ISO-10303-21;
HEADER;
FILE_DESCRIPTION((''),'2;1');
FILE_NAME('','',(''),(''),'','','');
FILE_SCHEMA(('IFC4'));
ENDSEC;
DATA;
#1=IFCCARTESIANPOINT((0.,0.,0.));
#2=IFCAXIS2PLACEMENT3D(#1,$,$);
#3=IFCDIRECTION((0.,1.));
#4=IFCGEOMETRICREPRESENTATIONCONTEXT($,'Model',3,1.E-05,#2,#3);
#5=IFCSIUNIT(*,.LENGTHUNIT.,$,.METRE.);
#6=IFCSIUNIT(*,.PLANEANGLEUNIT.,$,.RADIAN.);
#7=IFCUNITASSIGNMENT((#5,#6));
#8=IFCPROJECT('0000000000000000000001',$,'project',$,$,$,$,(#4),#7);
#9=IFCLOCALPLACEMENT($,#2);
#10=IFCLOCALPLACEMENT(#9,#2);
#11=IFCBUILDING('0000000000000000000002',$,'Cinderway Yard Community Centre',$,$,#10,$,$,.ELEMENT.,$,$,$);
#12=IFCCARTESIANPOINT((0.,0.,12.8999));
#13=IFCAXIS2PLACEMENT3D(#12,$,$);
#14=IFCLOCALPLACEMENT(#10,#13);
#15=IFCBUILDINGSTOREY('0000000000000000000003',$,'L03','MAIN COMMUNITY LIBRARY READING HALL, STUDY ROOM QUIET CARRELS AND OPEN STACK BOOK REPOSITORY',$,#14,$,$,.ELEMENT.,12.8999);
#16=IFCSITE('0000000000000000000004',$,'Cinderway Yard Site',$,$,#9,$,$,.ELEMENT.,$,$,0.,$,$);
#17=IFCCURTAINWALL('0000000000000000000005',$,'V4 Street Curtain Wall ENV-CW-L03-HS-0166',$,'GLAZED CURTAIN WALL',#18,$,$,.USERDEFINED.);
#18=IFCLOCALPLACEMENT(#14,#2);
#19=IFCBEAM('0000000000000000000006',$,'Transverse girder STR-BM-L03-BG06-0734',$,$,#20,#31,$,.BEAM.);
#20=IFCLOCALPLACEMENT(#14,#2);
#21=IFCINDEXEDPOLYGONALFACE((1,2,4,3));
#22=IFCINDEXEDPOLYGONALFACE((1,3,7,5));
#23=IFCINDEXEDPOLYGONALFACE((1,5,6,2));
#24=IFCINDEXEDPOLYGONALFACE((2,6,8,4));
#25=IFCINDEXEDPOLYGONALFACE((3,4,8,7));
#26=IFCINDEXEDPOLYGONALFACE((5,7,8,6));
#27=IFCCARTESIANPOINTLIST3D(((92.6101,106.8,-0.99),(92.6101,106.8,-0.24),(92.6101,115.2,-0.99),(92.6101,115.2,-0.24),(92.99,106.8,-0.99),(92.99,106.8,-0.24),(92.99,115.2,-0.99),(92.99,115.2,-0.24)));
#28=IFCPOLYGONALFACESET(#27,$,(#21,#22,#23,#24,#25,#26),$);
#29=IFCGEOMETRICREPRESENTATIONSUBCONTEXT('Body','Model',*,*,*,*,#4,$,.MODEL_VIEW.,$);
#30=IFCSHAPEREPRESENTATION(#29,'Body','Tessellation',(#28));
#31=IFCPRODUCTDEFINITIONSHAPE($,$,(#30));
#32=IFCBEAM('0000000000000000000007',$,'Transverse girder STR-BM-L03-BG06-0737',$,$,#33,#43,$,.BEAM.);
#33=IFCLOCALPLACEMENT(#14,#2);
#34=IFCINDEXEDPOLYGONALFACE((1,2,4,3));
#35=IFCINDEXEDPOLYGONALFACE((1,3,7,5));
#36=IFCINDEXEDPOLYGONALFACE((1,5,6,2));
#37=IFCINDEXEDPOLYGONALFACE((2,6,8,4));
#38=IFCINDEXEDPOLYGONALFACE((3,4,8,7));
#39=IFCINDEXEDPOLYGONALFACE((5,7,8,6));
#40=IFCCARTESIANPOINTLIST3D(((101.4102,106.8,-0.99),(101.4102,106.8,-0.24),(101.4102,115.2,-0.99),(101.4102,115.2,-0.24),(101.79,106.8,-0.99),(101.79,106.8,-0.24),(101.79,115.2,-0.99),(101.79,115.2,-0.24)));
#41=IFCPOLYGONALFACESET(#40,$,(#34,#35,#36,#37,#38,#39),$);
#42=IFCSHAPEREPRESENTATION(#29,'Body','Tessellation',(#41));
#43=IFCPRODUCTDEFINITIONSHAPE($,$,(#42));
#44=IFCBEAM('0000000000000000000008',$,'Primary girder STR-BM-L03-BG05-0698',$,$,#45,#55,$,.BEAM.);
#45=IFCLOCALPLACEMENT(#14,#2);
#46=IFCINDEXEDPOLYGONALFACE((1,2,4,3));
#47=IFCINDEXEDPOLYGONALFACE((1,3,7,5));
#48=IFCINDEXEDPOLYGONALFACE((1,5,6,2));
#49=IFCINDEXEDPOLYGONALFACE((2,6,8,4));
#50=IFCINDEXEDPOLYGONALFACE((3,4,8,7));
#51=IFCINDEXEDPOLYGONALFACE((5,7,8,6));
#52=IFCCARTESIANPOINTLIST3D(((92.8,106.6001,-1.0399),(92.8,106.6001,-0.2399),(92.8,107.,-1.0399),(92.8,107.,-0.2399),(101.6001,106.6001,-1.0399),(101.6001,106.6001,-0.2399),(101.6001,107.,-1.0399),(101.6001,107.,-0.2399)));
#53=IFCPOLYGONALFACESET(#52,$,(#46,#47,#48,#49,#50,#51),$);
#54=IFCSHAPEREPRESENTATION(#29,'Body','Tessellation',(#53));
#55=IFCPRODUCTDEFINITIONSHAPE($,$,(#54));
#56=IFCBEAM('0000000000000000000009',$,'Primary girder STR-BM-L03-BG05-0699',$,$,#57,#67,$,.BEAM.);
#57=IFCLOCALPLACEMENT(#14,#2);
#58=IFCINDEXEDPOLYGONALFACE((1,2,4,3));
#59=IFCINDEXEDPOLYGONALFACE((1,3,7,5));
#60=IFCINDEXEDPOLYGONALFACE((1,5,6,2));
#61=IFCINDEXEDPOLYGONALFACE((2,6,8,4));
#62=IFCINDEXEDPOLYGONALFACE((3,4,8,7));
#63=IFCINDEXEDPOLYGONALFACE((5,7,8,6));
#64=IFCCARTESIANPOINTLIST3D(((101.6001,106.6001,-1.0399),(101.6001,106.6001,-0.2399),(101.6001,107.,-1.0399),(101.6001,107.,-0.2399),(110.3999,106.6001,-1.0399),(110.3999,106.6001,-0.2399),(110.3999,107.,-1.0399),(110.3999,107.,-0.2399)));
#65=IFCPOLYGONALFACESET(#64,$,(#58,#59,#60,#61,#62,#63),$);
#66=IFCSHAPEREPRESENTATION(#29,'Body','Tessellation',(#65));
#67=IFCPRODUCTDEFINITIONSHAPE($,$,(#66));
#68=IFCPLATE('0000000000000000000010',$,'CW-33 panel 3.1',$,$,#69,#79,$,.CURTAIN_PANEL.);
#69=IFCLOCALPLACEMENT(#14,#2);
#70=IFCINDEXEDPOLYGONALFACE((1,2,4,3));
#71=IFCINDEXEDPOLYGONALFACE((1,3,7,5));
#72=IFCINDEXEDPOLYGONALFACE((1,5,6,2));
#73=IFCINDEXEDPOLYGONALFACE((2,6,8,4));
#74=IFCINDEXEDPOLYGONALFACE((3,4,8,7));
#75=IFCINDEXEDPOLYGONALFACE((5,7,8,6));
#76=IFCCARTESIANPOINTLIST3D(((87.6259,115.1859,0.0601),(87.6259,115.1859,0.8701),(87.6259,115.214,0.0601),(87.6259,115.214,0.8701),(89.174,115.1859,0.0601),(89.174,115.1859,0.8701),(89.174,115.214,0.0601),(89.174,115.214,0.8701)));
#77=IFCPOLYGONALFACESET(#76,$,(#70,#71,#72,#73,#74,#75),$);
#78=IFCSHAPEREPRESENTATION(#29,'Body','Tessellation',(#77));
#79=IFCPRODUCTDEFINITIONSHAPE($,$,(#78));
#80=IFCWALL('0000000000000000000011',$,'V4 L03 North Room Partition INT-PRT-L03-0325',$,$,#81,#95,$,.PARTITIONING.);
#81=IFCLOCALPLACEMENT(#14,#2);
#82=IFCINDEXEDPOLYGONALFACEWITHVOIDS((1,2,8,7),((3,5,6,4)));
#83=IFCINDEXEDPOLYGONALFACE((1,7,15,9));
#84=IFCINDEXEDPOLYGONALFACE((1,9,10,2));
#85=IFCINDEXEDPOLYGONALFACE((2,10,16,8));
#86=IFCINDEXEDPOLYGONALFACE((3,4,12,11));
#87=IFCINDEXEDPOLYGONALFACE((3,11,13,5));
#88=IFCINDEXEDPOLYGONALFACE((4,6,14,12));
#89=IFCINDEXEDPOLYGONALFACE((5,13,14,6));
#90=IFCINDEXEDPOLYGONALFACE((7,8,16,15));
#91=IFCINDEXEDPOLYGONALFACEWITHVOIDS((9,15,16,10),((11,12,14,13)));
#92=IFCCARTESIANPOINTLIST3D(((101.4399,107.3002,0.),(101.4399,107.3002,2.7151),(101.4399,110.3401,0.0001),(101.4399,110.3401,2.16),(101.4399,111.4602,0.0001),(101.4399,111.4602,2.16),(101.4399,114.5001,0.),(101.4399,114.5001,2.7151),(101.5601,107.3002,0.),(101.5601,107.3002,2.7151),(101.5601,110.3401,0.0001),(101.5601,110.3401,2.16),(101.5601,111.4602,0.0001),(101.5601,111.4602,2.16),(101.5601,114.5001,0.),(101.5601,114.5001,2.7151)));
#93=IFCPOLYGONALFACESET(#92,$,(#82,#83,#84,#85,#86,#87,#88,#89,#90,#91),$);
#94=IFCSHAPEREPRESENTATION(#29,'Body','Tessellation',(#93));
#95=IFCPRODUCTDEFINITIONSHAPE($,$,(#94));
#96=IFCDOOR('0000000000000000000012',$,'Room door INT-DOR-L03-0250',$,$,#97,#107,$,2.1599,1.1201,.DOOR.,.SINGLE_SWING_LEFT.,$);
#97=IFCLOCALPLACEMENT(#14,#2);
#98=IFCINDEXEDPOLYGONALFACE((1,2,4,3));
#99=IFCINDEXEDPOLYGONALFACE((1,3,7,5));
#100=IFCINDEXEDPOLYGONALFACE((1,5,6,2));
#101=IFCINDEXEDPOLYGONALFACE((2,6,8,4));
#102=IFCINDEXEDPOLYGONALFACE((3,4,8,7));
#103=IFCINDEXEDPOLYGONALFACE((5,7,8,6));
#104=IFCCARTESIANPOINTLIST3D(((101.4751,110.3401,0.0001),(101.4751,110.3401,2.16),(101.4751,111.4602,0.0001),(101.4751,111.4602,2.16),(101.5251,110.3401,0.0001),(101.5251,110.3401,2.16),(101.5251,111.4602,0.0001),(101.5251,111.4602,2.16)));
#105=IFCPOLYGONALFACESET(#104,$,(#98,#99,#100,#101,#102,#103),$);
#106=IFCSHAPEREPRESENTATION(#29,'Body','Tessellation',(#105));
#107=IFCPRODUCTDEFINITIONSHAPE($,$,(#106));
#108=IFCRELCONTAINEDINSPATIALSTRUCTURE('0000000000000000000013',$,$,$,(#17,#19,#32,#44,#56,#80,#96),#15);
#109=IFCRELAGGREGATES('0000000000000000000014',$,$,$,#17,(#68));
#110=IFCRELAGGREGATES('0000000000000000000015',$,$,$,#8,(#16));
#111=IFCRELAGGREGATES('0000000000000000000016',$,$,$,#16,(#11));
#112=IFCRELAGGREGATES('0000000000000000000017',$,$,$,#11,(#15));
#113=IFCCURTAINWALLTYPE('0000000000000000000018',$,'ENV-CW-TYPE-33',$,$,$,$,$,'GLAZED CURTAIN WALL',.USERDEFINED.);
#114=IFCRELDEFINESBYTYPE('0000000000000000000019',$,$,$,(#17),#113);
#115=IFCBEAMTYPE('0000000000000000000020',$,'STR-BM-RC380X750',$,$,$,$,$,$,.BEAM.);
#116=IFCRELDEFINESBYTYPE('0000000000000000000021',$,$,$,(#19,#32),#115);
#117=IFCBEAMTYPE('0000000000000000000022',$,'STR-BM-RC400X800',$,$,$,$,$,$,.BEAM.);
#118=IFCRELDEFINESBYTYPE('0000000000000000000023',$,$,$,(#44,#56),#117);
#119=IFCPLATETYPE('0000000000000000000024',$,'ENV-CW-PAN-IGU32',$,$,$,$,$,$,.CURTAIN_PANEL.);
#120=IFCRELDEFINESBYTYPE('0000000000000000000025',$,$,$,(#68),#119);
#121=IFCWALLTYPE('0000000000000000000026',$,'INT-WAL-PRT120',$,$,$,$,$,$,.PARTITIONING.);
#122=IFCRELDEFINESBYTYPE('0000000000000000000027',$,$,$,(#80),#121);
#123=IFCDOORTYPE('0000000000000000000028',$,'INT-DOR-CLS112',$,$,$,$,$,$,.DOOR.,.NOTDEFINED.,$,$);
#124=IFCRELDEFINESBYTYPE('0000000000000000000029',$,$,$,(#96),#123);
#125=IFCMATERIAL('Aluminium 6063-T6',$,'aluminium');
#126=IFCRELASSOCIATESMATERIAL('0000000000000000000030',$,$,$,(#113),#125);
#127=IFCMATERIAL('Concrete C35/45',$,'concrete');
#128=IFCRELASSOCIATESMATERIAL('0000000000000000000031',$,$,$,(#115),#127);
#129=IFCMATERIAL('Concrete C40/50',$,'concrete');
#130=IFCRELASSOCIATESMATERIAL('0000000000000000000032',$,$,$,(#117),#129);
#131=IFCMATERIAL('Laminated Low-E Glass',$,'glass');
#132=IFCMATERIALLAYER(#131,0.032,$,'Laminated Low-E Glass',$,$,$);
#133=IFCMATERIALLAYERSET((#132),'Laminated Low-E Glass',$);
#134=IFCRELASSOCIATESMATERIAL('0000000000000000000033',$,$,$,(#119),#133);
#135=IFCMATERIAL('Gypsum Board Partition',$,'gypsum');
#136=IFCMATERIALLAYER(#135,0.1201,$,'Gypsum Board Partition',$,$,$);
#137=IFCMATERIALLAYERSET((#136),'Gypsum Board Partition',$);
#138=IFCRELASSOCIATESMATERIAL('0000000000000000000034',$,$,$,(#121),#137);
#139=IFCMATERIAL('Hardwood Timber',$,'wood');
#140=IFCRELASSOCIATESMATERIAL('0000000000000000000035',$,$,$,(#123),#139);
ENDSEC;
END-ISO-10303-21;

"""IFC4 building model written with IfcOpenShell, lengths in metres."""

from ifc_helpers import new_model, si_unit, direction, frame, frame_2d, origin, origin_2d, place, context, subcontext, project, spatial, rectangle, extrude, material, layer, layer_set, material_profile, profile_set, type_object, element, fill, aggregate, save


model = new_model("IFC4")

# Units and contexts
model_context = context("Model", 3, precision=1e-05, world=origin(), true_north=direction((0.0, 1.0)))
body_context = subcontext(model_context, "Body", "Model", "MODEL_VIEW")
ifc_project = project(units=[si_unit("LENGTHUNIT", "METRE"), si_unit("PLANEANGLEUNIT", "RADIAN")], contexts=[model_context])

# Site, building, storey
site_placement = place(None, origin())
site = spatial("IfcSite", under=ifc_project, at=site_placement, Name="Cinderway Yard Site", CompositionType="ELEMENT", RefElevation=0.0)
building_placement = place(site_placement, origin())
building = spatial("IfcBuilding", under=site, at=building_placement, Name="Cinderway Yard Community Centre", CompositionType="ELEMENT")
storey_placement = place(building_placement, frame((0.0, 0.0, 12.8999)))
storey = spatial("IfcBuildingStorey", under=building, at=storey_placement, Name="L03", Description="MAIN COMMUNITY LIBRARY READING HALL, STUDY ROOM QUIET CARRELS AND OPEN STACK BOOK REPOSITORY", CompositionType="ELEMENT", Elevation=12.8999)

# Shared definitions
ifc_material_1 = material(Name="Concrete C40/50", Category="concrete")

# Curtain wall
ifc_material_2 = material(Name="Aluminium 6063-T6", Category="aluminium")
curtain_wall_type = type_object("IfcCurtainWallType", Name="ENV-CW-TYPE-33", ElementType="GLAZED CURTAIN WALL", PredefinedType="USERDEFINED", material=ifc_material_2)
curtain_wall_placement = place(storey_placement, origin())
curtain_wall = element("IfcCurtainWall", 1, at=curtain_wall_placement, inside=storey, type_object=curtain_wall_type, Name="V4 Street Curtain Wall ENV-CW-L03-HS-0166", ObjectType="GLAZED CURTAIN WALL", PredefinedType="USERDEFINED")

# Beams
ifc_material_3 = material(Name="Concrete C35/45", Category="concrete")
ifc_material_profile_1 = material_profile(ifc_material_3, rectangle(XDim=0.3799, YDim=0.75, at=origin_2d()), Name="Concrete C35/45")
ifc_profile_set_1 = profile_set([ifc_material_profile_1], Name="Concrete C35/45")
beam_type_1 = type_object("IfcBeamType", Name="STR-BM-RC380X750", PredefinedType="BEAM", material=ifc_profile_set_1)
for number, where, z_axis, x_axis, name in (
    (2, (92.8, 106.8, -0.615), (0.0, 1.0, 0.0), (-1.0, 0.0, 0.0), "Transverse girder STR-BM-L03-BG06-0734"),
    (3, (101.6001, 106.8, -0.615), (0.0, 1.0, 0.0), (-1.0, 0.0, 0.0), "Transverse girder STR-BM-L03-BG06-0737"),
):
    element("IfcBeam", number, at=place(storey_placement, frame(where, z_axis=z_axis, x_axis=x_axis)), inside=storey, type_object=beam_type_1, Name=name, PredefinedType="BEAM", context=body_context, shape_type="SweptSolid", body=[
        extrude(rectangle(XDim=0.3799, YDim=0.75, at=origin_2d()), origin(), (0.0, 0.0, 1.0), 8.3999),
    ])
ifc_material_profile_2 = material_profile(ifc_material_1, rectangle(XDim=0.3999, YDim=0.8, at=origin_2d()), Name="Concrete C40/50")
ifc_profile_set_2 = profile_set([ifc_material_profile_2], Name="Concrete C40/50")
beam_type_2 = type_object("IfcBeamType", Name="STR-BM-RC400X800", PredefinedType="BEAM", material=ifc_profile_set_2)
beam_1_placement = place(storey_placement, frame((92.8, 106.8, -0.6399), z_axis=(1.0, 0.0, 0.0), x_axis=(0.0, 1.0, 0.0)))
element("IfcBeam", 4, at=beam_1_placement, inside=storey, type_object=beam_type_2, Name="Primary girder STR-BM-L03-BG05-0698", PredefinedType="BEAM", context=body_context, shape_type="SweptSolid", body=[
    extrude(rectangle(XDim=0.3999, YDim=0.8, at=origin_2d()), origin(), (0.0, 0.0, 1.0), 8.8),
])
beam_2_placement = place(storey_placement, frame((101.6001, 106.8, -0.6399), z_axis=(1.0, 0.0, 0.0), x_axis=(0.0, 1.0, 0.0)))
element("IfcBeam", 5, at=beam_2_placement, inside=storey, type_object=beam_type_2, Name="Primary girder STR-BM-L03-BG05-0699", PredefinedType="BEAM", context=body_context, shape_type="SweptSolid", body=[
    extrude(rectangle(XDim=0.3999, YDim=0.8, at=origin_2d()), origin(), (0.0, 0.0, 1.0), 8.7998),
])

# Plate
ifc_material_4 = material(Name="Laminated Low-E Glass", Category="glass")
ifc_layer_1 = layer(ifc_material_4, 0.032, Name="Laminated Low-E Glass")
ifc_layer_set_1 = layer_set([ifc_layer_1], Name="Laminated Low-E Glass")
plate_type = type_object("IfcPlateType", Name="ENV-CW-PAN-IGU32", PredefinedType="CURTAIN_PANEL", material=ifc_layer_set_1)
plate_placement = place(storey_placement, frame((88.3999, 115.2, 0.0601), z_axis=(0.0, 0.0, 1.0), x_axis=(1.0, 0.0, 0.0)))
plate = element("IfcPlate", 6, at=plate_placement, type_object=plate_type, Name="CW-33 panel 3.1", PredefinedType="CURTAIN_PANEL", context=body_context, shape_type="SweptSolid", body=[
    extrude(rectangle(XDim=1.5481, YDim=0.0281, at=origin_2d()), origin(), (0.0, 0.0, 1.0), 0.8101),
])
aggregate(curtain_wall, [plate])

# Wall, opening, door
ifc_material_5 = material(Name="Gypsum Board Partition", Category="gypsum")
ifc_layer_2 = layer(ifc_material_5, 0.1201, Name="Gypsum Board Partition")
ifc_layer_set_2 = layer_set([ifc_layer_2], Name="Gypsum Board Partition")
wall_type = type_object("IfcWallType", Name="INT-WAL-PRT120", PredefinedType="PARTITIONING", material=ifc_layer_set_2)
wall_placement = place(storey_placement, frame((101.5, 107.3, 0.0), z_axis=(0.0, 0.0, 1.0), x_axis=(0.0, 1.0, 0.0)))
wall = element("IfcWall", 7, at=wall_placement, inside=storey, type_object=wall_type, Name="V4 L03 North Room Partition INT-PRT-L03-0325", PredefinedType="PARTITIONING", context=body_context, shape_type="SweptSolid", body=[
    extrude(rectangle(XDim=7.2, YDim=0.1201, at=frame_2d((3.6001, 0.0))), origin(), (0.0, 0.0, 1.0), 2.7151),
])
opening_placement = place(wall_placement, frame((3.04, 0.0, 0.0)))
opening = element("IfcOpeningElement", 8, at=opening_placement, cuts=wall, PredefinedType="OPENING", context=body_context, shape_type="SweptSolid", body=[
    extrude(rectangle(XDim=1.1201, YDim=2.1599, at=frame_2d((0.5601, 1.0801))), frame((0.0, 0.0701, 0.0), z_axis=(0.0, -1.0, 0.0), x_axis=(1.0, 0.0, 0.0)), (0.0, 0.0, 1.0), 0.1401),
])
ifc_material_6 = material(Name="Hardwood Timber", Category="wood")
door_type = type_object("IfcDoorType", Name="INT-DOR-CLS112", OperationType="NOTDEFINED", PredefinedType="DOOR", material=ifc_material_6)
door_placement = place(opening_placement, origin())
door = element("IfcDoor", 9, at=door_placement, inside=storey, type_object=door_type, Name="Room door INT-DOR-L03-0250", OperationType="SINGLE_SWING_LEFT", OverallHeight=2.1599, OverallWidth=1.1201, PredefinedType="DOOR", context=body_context, shape_type="SweptSolid", body=[
    extrude(rectangle(XDim=1.1201, YDim=2.1599, at=frame_2d((0.5601, 1.0801))), frame((0.0, 0.0249, 0.0), z_axis=(0.0, -1.0, 0.0), x_axis=(1.0, 0.0, 0.0)), (0.0, 0.0, 1.0), 0.05),
])
fill(opening, door)

save(model, "model.ifc")
